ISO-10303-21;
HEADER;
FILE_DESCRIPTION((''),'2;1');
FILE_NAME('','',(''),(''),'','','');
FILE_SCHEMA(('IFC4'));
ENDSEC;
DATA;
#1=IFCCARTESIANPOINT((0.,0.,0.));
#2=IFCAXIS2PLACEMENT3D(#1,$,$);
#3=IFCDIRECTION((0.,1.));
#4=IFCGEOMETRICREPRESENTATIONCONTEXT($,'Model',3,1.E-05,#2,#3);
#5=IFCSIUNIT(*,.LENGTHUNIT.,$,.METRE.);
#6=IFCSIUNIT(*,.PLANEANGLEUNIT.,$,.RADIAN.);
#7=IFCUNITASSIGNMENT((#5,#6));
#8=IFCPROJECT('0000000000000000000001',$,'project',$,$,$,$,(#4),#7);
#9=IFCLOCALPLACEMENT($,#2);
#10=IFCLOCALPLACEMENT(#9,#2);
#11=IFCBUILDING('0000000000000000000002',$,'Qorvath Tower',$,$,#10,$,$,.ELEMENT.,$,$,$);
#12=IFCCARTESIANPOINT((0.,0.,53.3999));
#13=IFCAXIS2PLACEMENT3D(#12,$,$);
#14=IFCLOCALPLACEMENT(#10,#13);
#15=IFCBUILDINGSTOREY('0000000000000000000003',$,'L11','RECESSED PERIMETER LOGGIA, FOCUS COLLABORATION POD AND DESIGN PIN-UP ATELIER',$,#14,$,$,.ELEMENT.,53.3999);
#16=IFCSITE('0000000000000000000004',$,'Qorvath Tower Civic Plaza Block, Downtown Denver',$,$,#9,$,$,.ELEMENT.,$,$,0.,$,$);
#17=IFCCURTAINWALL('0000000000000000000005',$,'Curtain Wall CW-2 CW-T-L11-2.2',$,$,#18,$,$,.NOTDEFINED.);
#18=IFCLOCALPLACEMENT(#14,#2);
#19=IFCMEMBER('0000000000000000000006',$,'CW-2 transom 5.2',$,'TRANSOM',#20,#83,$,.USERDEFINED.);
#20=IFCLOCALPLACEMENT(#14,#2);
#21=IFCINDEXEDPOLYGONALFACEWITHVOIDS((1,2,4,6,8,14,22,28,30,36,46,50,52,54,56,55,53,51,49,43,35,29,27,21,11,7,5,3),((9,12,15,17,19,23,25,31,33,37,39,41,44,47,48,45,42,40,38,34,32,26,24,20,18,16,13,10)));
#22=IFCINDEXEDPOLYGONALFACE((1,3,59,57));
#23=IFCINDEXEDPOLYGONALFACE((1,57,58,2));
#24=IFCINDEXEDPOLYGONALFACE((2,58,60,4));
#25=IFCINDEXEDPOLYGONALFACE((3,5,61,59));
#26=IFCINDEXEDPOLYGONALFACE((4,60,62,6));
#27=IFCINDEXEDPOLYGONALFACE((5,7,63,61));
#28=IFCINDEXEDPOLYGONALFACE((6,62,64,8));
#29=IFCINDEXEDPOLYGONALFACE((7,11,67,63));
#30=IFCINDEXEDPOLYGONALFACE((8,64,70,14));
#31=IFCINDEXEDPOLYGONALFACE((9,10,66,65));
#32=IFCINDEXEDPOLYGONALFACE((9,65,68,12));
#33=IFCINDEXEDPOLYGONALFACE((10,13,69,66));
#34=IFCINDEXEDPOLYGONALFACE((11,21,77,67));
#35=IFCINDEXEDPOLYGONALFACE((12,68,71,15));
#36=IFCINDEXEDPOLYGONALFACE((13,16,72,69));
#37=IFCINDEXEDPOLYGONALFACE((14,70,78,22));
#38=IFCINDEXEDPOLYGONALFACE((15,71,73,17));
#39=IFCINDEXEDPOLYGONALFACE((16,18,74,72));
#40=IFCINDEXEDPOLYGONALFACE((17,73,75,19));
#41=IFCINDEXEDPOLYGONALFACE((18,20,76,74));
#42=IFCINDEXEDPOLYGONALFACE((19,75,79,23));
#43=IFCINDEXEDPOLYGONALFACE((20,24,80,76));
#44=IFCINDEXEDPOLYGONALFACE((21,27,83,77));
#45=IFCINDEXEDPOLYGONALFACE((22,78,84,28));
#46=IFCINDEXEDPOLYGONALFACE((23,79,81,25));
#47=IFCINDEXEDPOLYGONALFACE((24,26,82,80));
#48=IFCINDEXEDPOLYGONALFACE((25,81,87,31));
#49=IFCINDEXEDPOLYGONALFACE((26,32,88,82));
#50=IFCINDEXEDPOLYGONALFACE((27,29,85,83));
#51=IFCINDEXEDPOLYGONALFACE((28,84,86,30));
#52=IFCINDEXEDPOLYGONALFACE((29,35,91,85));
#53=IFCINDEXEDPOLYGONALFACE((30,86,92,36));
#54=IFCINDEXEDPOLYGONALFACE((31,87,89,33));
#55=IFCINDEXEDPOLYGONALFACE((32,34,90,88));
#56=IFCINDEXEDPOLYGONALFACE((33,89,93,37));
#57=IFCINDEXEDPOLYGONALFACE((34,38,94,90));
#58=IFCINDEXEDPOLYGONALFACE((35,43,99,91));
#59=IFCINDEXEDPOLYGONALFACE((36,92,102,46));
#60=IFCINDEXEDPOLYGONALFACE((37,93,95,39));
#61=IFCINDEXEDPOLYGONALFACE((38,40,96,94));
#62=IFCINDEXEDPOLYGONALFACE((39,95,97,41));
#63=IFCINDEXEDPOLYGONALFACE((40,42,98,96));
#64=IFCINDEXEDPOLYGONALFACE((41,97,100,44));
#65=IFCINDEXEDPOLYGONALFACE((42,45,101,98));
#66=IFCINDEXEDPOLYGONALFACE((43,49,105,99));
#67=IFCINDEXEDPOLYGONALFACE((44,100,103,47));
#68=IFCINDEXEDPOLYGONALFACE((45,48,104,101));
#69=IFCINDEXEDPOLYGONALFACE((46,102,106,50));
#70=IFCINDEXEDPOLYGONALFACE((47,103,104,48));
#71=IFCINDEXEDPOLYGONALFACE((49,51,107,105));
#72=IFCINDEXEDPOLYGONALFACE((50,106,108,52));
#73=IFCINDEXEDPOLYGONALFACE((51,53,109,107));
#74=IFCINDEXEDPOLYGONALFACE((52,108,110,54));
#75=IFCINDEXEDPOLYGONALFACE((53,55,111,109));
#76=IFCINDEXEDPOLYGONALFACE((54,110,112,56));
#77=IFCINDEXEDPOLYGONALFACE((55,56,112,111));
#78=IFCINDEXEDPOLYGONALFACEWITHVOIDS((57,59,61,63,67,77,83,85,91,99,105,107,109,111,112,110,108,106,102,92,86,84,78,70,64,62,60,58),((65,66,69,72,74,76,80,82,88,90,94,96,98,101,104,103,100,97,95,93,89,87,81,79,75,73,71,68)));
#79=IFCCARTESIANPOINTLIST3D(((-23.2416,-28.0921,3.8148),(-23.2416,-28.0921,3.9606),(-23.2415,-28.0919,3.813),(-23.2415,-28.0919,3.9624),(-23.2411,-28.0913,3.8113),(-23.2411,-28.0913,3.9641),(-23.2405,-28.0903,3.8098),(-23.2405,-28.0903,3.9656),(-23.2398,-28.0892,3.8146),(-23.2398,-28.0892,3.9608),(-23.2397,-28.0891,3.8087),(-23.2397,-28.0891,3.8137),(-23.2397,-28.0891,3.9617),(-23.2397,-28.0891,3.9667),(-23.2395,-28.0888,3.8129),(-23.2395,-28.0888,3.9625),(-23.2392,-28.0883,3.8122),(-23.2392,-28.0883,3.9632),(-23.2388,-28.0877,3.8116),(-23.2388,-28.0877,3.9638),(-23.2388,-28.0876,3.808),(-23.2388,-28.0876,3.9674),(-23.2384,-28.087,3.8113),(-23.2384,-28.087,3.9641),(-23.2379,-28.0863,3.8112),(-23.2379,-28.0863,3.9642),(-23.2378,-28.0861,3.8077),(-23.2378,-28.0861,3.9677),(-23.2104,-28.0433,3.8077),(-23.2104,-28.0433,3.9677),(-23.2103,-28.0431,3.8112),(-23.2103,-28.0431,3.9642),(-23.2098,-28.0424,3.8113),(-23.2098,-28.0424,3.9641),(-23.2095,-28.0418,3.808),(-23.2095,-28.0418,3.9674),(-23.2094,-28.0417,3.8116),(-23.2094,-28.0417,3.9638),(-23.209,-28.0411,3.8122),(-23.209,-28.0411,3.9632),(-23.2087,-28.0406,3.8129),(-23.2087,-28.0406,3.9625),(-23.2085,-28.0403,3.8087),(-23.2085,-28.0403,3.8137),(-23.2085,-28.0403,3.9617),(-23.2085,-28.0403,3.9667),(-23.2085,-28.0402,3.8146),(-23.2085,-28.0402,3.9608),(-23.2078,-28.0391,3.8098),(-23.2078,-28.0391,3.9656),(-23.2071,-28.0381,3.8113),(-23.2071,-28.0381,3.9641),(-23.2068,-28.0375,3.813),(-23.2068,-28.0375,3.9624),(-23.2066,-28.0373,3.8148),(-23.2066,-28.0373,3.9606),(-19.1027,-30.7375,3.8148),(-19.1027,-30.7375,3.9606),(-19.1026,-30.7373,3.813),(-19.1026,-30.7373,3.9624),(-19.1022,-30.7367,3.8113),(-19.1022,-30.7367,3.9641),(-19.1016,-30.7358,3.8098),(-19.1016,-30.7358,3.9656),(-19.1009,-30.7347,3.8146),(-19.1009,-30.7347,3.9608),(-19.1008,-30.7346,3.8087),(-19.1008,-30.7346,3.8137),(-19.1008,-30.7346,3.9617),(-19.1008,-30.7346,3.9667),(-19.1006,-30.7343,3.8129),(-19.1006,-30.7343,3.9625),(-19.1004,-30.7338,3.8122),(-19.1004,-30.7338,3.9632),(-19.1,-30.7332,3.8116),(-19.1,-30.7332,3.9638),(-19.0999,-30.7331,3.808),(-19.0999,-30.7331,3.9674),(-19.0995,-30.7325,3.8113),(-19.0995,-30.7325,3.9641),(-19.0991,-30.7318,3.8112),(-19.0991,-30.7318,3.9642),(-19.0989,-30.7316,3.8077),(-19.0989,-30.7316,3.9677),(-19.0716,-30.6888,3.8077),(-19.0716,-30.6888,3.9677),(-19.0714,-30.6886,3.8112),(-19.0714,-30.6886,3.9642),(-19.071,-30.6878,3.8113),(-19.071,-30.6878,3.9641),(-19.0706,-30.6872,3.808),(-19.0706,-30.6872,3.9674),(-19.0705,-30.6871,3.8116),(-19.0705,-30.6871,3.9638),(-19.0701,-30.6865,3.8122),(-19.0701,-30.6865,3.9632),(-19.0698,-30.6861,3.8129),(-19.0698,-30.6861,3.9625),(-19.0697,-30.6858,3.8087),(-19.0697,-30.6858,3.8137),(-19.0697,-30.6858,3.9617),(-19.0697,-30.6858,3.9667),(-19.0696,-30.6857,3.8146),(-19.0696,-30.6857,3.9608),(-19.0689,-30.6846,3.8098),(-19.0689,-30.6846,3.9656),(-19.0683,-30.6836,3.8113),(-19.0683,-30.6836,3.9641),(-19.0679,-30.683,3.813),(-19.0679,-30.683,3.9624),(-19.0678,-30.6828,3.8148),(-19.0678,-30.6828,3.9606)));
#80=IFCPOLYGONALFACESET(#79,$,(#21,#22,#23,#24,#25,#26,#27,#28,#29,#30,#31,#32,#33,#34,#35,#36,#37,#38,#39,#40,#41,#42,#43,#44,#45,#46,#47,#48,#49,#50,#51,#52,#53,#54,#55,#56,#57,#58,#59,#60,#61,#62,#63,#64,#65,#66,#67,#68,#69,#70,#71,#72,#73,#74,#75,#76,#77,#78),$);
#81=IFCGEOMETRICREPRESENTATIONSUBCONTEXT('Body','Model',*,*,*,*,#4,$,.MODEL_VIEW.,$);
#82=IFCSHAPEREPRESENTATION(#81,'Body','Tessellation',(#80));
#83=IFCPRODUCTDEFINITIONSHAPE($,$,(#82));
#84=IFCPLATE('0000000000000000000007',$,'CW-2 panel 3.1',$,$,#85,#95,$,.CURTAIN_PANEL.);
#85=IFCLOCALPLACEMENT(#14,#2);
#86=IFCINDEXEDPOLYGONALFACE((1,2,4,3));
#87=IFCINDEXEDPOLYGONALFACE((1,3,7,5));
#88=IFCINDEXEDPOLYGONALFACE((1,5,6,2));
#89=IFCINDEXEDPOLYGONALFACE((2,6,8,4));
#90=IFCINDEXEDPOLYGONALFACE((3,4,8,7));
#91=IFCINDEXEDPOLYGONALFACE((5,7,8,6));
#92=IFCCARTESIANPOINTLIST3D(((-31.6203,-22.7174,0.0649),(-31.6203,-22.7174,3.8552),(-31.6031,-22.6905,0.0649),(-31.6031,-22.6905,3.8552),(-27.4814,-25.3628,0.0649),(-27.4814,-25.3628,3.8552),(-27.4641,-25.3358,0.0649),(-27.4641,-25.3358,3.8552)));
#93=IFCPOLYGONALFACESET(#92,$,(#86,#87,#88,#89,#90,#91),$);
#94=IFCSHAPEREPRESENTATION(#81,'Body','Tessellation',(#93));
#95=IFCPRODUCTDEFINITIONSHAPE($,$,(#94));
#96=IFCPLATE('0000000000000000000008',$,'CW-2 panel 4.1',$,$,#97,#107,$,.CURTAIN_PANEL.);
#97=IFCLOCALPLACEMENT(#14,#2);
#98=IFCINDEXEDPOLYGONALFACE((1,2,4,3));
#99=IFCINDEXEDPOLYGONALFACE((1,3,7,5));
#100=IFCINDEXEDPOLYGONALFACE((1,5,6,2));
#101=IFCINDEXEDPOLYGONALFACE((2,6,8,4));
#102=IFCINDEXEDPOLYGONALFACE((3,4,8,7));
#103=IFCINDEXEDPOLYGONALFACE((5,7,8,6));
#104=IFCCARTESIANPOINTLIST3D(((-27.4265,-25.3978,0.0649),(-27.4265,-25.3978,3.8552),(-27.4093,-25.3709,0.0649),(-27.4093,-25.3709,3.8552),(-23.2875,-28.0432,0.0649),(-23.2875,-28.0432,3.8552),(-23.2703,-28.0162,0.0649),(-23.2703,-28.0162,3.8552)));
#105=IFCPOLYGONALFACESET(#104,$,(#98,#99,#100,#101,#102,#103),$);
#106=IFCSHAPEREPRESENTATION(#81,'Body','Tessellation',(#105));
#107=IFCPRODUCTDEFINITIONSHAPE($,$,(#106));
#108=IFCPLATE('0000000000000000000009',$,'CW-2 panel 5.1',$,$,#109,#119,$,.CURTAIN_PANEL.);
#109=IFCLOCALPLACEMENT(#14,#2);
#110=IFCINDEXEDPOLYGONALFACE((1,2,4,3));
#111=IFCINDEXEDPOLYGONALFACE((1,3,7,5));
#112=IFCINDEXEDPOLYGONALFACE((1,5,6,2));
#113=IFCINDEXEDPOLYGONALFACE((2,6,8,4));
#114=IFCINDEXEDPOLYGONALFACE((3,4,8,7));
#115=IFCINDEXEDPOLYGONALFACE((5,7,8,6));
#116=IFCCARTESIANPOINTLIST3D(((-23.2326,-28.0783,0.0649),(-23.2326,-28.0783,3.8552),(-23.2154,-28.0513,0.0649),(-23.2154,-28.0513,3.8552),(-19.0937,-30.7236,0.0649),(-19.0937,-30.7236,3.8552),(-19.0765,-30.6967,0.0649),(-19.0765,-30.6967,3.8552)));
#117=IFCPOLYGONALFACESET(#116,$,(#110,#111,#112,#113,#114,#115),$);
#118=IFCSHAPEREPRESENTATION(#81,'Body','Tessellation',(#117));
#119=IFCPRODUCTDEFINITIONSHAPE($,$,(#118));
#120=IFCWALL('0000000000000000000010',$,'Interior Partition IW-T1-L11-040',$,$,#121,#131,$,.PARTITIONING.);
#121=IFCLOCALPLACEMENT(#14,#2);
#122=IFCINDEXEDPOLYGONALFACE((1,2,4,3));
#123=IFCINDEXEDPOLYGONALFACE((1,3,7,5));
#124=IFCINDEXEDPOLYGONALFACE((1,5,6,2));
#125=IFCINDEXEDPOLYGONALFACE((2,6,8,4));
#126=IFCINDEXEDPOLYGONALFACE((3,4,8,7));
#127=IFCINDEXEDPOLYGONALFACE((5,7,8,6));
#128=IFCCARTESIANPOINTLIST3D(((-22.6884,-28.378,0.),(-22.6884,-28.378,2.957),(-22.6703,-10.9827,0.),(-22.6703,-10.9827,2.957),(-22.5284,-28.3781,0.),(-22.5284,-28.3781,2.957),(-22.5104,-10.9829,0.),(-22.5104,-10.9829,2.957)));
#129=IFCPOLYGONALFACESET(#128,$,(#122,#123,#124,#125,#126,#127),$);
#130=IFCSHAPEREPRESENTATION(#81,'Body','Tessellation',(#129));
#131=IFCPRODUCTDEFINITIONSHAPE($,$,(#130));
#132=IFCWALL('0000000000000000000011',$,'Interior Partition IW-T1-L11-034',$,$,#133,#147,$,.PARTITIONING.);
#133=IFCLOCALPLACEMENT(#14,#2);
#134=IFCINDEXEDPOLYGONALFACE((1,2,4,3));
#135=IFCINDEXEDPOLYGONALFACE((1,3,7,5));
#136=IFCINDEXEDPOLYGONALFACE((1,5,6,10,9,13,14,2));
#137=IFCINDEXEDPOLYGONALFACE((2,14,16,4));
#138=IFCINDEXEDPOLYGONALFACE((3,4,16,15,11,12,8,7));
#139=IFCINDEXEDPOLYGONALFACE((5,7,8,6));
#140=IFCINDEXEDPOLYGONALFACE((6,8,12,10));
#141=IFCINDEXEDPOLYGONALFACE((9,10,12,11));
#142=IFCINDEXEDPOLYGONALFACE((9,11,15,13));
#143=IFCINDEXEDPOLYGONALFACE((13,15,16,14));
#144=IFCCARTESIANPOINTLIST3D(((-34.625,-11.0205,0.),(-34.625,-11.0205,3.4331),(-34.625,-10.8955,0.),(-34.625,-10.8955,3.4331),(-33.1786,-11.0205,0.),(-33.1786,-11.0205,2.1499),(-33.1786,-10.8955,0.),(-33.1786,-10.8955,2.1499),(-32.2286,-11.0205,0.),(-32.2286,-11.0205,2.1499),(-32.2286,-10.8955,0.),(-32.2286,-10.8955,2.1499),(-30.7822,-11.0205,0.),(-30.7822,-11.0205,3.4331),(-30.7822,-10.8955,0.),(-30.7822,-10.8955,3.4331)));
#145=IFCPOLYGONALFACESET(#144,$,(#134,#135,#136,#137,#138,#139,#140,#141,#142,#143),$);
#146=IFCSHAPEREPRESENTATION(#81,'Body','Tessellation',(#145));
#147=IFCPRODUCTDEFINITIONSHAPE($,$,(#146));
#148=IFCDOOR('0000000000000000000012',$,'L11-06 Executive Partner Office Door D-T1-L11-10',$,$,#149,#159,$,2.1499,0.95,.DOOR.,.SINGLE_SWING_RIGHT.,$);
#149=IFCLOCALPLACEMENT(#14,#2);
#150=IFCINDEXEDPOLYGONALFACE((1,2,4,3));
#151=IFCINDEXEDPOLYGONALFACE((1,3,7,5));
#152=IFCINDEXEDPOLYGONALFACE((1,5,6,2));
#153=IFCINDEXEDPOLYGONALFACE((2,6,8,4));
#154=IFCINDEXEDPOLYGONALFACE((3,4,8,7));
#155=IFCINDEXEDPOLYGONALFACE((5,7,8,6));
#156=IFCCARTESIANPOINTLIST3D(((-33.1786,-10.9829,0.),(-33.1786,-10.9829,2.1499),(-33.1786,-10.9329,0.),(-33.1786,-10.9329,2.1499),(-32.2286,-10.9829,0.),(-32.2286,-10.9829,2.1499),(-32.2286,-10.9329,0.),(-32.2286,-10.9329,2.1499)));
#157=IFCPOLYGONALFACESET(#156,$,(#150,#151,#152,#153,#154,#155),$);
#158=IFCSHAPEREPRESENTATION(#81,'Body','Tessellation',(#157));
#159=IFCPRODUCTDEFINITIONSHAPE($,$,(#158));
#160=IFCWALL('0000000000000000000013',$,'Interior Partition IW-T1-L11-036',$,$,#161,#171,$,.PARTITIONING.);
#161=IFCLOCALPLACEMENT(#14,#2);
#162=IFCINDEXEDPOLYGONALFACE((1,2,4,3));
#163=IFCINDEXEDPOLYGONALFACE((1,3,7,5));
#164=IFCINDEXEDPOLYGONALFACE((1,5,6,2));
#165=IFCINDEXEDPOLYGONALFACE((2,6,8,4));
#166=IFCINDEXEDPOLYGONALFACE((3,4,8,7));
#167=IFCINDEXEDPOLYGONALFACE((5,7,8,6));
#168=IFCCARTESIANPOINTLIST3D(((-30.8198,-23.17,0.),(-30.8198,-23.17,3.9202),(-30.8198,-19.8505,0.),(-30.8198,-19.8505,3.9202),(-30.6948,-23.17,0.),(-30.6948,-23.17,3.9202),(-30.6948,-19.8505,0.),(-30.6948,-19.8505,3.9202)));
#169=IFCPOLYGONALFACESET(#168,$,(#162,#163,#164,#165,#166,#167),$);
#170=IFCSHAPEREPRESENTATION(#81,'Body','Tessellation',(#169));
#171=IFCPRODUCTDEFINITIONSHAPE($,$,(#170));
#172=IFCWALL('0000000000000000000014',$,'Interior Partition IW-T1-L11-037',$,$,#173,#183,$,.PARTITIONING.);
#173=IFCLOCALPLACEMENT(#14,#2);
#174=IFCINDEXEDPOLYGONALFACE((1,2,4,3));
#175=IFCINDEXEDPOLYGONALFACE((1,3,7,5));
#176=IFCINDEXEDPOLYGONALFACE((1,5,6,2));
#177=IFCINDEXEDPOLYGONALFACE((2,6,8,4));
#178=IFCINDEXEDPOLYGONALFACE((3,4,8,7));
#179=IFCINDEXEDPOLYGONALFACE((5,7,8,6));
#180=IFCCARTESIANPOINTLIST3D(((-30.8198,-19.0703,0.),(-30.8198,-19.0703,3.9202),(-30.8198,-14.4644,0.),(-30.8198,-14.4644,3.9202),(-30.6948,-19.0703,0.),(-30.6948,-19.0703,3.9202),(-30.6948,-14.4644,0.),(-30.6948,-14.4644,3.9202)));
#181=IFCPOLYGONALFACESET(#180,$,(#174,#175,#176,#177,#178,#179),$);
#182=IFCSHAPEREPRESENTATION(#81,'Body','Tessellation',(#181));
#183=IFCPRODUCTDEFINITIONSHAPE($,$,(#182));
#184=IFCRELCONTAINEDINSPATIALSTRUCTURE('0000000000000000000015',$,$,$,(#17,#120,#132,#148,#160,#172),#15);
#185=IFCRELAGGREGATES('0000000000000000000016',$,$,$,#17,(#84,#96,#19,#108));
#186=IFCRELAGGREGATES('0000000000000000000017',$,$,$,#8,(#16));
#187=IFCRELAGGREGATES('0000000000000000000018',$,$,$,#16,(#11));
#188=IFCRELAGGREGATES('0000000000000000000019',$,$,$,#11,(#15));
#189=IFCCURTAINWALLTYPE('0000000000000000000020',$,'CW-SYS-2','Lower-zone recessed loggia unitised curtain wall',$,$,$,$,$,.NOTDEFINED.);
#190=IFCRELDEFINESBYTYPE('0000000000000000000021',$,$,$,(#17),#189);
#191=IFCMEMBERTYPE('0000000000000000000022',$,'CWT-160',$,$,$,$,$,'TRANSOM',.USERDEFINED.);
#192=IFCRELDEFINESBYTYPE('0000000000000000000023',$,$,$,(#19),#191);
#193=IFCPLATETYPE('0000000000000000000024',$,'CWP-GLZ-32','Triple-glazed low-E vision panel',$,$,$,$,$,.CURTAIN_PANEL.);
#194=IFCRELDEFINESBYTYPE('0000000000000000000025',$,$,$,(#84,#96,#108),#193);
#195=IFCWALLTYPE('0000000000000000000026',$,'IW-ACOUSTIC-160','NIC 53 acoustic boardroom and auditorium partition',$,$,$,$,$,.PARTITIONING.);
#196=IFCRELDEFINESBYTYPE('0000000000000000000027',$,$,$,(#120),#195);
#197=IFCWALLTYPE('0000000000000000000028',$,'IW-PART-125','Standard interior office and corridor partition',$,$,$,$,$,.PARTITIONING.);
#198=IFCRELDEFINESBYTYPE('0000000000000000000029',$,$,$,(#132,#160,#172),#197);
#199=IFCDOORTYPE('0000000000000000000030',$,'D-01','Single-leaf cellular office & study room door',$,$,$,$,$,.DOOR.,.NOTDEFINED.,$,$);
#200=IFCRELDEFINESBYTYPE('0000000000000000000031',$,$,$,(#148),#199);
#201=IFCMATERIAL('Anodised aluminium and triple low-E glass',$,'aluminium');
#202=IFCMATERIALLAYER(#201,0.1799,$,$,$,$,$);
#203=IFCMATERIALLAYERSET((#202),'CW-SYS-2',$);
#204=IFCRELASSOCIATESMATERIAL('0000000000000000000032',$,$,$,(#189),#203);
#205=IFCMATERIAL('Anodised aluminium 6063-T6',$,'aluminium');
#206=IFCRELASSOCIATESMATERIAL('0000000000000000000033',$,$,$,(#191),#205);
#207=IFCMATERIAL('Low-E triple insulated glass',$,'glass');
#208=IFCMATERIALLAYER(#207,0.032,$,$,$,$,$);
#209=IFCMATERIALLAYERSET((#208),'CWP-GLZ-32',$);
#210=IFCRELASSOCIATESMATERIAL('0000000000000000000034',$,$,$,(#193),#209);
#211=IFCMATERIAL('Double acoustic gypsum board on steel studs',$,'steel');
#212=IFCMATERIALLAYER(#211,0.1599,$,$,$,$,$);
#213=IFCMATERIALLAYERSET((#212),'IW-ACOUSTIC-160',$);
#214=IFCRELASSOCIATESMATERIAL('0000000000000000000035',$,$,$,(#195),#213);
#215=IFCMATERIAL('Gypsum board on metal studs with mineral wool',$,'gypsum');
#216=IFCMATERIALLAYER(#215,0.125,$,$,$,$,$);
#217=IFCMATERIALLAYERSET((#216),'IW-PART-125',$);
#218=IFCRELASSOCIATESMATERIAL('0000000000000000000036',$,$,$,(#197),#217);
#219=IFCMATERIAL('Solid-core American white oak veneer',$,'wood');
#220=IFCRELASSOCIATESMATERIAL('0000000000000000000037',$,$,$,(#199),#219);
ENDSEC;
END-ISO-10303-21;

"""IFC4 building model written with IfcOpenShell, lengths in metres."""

from ifc_helpers import new_model, si_unit, direction, frame, frame_2d, origin, origin_2d, place, context, subcontext, project, spatial, rectangle, hollow_rectangle, extrude, material, layer, layer_set, material_profile, profile_set, type_object, element, fill, aggregate, save


model = new_model("IFC4")

# Units and contexts
model_context = context("Model", 3, precision=1e-05, world=origin(), true_north=direction((0.0, 1.0)))
body_context = subcontext(model_context, "Body", "Model", "MODEL_VIEW")
ifc_project = project(units=[si_unit("LENGTHUNIT", "METRE"), si_unit("PLANEANGLEUNIT", "RADIAN")], contexts=[model_context])

# Site, building, storey
site_placement = place(None, origin())
site = spatial("IfcSite", under=ifc_project, at=site_placement, Name="Qorvath Tower Civic Plaza Block, Downtown Denver", CompositionType="ELEMENT", RefElevation=0.0)
building_placement = place(site_placement, origin())
building = spatial("IfcBuilding", under=site, at=building_placement, Name="Qorvath Tower", CompositionType="ELEMENT")
storey_placement = place(building_placement, frame((0.0, 0.0, 53.3999)))
storey = spatial("IfcBuildingStorey", under=building, at=storey_placement, Name="L11", Description="RECESSED PERIMETER LOGGIA, FOCUS COLLABORATION POD AND DESIGN PIN-UP ATELIER", CompositionType="ELEMENT", Elevation=53.3999)

# Curtain wall, member, plates
ifc_material_1 = material(Name="Anodised aluminium and triple low-E glass", Category="aluminium")
ifc_layer_1 = layer(ifc_material_1, 0.1799)
ifc_layer_set_1 = layer_set([ifc_layer_1], Name="CW-SYS-2")
curtain_wall_type = type_object("IfcCurtainWallType", Name="CW-SYS-2", Description="Lower-zone recessed loggia unitised curtain wall", PredefinedType="NOTDEFINED", material=ifc_layer_set_1)
curtain_wall_placement = place(storey_placement, origin())
curtain_wall = element("IfcCurtainWall", 1, at=curtain_wall_placement, inside=storey, type_object=curtain_wall_type, Name="Curtain Wall CW-2 CW-T-L11-2.2", PredefinedType="NOTDEFINED")
ifc_material_2 = material(Name="Anodised aluminium 6063-T6", Category="aluminium")
ifc_material_profile_1 = material_profile(ifc_material_2, hollow_rectangle(XDim=0.0649, YDim=0.1599, WallThickness=0.0034, InnerFilletRadius=0.0034, OuterFilletRadius=0.0071, at=origin_2d()), Name="CWT 160x65")
ifc_profile_set_1 = profile_set([ifc_material_profile_1], Name="Anodised aluminium 6063-T6")
member_type_1 = type_object("IfcMemberType", Name="CWT-160", ElementType="TRANSOM", PredefinedType="USERDEFINED", material=ifc_profile_set_1)
member_1_placement = place(storey_placement, frame((-23.2241, -28.0647, 3.8877), z_axis=(0.842585, -0.538563, 0.0), x_axis=(0.538563, 0.842585, 0.0)))
member_1 = element("IfcMember", 2, at=member_1_placement, type_object=member_type_1, Name="CW-2 transom 5.2", ObjectType="TRANSOM", PredefinedType="USERDEFINED", context=body_context, shape_type="SweptSolid", body=[
    extrude(hollow_rectangle(XDim=0.0649, YDim=0.1599, WallThickness=0.0034, InnerFilletRadius=0.0034, OuterFilletRadius=0.0071, at=origin_2d()), origin(), (0.0, 0.0, 1.0), 4.9121),
])
ifc_material_3 = material(Name="Low-E triple insulated glass", Category="glass")
ifc_layer_2 = layer(ifc_material_3, 0.032)
ifc_layer_set_2 = layer_set([ifc_layer_2], Name="CWP-GLZ-32")
plate_type = type_object("IfcPlateType", Name="CWP-GLZ-32", Description="Triple-glazed low-E vision panel", PredefinedType="CURTAIN_PANEL", material=ifc_layer_set_2)
plate_1_placement = place(storey_placement, frame((-29.5422, -24.0266, 0.0649), z_axis=(0.0, 0.0, 1.0), x_axis=(0.842602, -0.538537, 0.0)))
plate_1 = element("IfcPlate", 3, at=plate_1_placement, type_object=plate_type, Name="CW-2 panel 3.1", PredefinedType="CURTAIN_PANEL", context=body_context, shape_type="SweptSolid", body=[
    extrude(rectangle(XDim=4.9121, YDim=0.032, at=origin_2d()), origin(), (0.0, 0.0, 1.0), 3.7903),
])
plate_2_placement = place(storey_placement, frame((-25.3484, -26.707, 0.0649), z_axis=(0.0, 0.0, 1.0), x_axis=(0.842602, -0.538537, 0.0)))
plate_2 = element("IfcPlate", 4, at=plate_2_placement, type_object=plate_type, Name="CW-2 panel 4.1", PredefinedType="CURTAIN_PANEL", context=body_context, shape_type="SweptSolid", body=[
    extrude(rectangle(XDim=4.9121, YDim=0.032, at=origin_2d()), origin(), (0.0, 0.0, 1.0), 3.7903),
])
plate_3_placement = place(storey_placement, frame((-21.1545, -29.3875, 0.0649), z_axis=(0.0, 0.0, 1.0), x_axis=(0.842602, -0.538537, 0.0)))
plate_3 = element("IfcPlate", 5, at=plate_3_placement, type_object=plate_type, Name="CW-2 panel 5.1", PredefinedType="CURTAIN_PANEL", context=body_context, shape_type="SweptSolid", body=[
    extrude(rectangle(XDim=4.9121, YDim=0.032, at=origin_2d()), origin(), (0.0, 0.0, 1.0), 3.7903),
])
aggregate(curtain_wall, [plate_1, plate_2, member_1, plate_3])

# Wall
ifc_material_4 = material(Name="Double acoustic gypsum board on steel studs", Category="steel")
ifc_layer_3 = layer(ifc_material_4, 0.1599)
ifc_layer_set_3 = layer_set([ifc_layer_3], Name="IW-ACOUSTIC-160")
wall_type_1 = type_object("IfcWallType", Name="IW-ACOUSTIC-160", Description="NIC 53 acoustic boardroom and auditorium partition", PredefinedType="PARTITIONING", material=ifc_layer_set_3)
wall_1_placement = place(storey_placement, frame((-22.6084, -28.3782, 0.0), z_axis=(0.0, 0.0, 1.0), x_axis=(0.001039, 0.999999, 0.0)))
element("IfcWall", 6, at=wall_1_placement, inside=storey, type_object=wall_type_1, Name="Interior Partition IW-T1-L11-040", PredefinedType="PARTITIONING", context=body_context, shape_type="SweptSolid", body=[
    extrude(rectangle(XDim=17.3953, YDim=0.1599, at=frame_2d((8.6978, 0.0))), origin(), (0.0, 0.0, 1.0), 2.957),
])

# Wall, opening, door
ifc_material_5 = material(Name="Gypsum board on metal studs with mineral wool", Category="gypsum")
ifc_layer_4 = layer(ifc_material_5, 0.125)
ifc_layer_set_4 = layer_set([ifc_layer_4], Name="IW-PART-125")
wall_type_2 = type_object("IfcWallType", Name="IW-PART-125", Description="Standard interior office and corridor partition", PredefinedType="PARTITIONING", material=ifc_layer_set_4)
wall_2_placement = place(storey_placement, frame((-30.7822, -10.958, 0.0), z_axis=(0.0, 0.0, 1.0), x_axis=(-1.0, 0.0, 0.0)))
wall_2 = element("IfcWall", 7, at=wall_2_placement, inside=storey, type_object=wall_type_2, Name="Interior Partition IW-T1-L11-034", PredefinedType="PARTITIONING", context=body_context, shape_type="SweptSolid", body=[
    extrude(rectangle(XDim=3.8428, YDim=0.125, at=frame_2d((1.9214, 0.0))), origin(), (0.0, 0.0, 1.0), 3.4331),
])
opening_placement = place(wall_2_placement, frame((1.4463, 0.0, 0.0)))
opening = element("IfcOpeningElement", 8, at=opening_placement, cuts=wall_2, PredefinedType="OPENING", context=body_context, shape_type="SweptSolid", body=[
    extrude(rectangle(XDim=0.95, YDim=2.1499, at=frame_2d((0.4751, 1.075))), frame((0.0, 0.0725, 0.0), z_axis=(0.0, -1.0, 0.0), x_axis=(1.0, 0.0, 0.0)), (0.0, 0.0, 1.0), 0.145),
])
ifc_material_6 = material(Name="Solid-core American white oak veneer", Category="wood")
door_type = type_object("IfcDoorType", Name="D-01", Description="Single-leaf cellular office & study room door", OperationType="NOTDEFINED", PredefinedType="DOOR", material=ifc_material_6)
door_placement = place(opening_placement, origin())
door = element("IfcDoor", 9, at=door_placement, inside=storey, type_object=door_type, Name="L11-06 Executive Partner Office Door D-T1-L11-10", OperationType="SINGLE_SWING_RIGHT", OverallHeight=2.1499, OverallWidth=0.95, PredefinedType="DOOR", context=body_context, shape_type="SweptSolid", body=[
    extrude(rectangle(XDim=0.95, YDim=2.1499, at=frame_2d((0.4751, 1.075))), frame((0.0, 0.0249, 0.0), z_axis=(0.0, -1.0, 0.0), x_axis=(1.0, 0.0, 0.0)), (0.0, 0.0, 1.0), 0.05),
])
fill(opening, door)

# Walls
wall_3_placement = place(storey_placement, frame((-30.7573, -23.1699, 0.0), z_axis=(0.0, 0.0, 1.0), x_axis=(0.0, 1.0, 0.0)))
element("IfcWall", 10, at=wall_3_placement, inside=storey, type_object=wall_type_2, Name="Interior Partition IW-T1-L11-036", PredefinedType="PARTITIONING", context=body_context, shape_type="SweptSolid", body=[
    extrude(rectangle(XDim=3.3196, YDim=0.125, at=frame_2d((1.6597, 0.0))), origin(), (0.0, 0.0, 1.0), 3.9202),
])
wall_4_placement = place(storey_placement, frame((-30.7573, -19.0703, 0.0), z_axis=(0.0, 0.0, 1.0), x_axis=(0.0, 1.0, 0.0)))
element("IfcWall", 11, at=wall_4_placement, inside=storey, type_object=wall_type_2, Name="Interior Partition IW-T1-L11-037", PredefinedType="PARTITIONING", context=body_context, shape_type="SweptSolid", body=[
    extrude(rectangle(XDim=4.606, YDim=0.125, at=frame_2d((2.303, 0.0))), origin(), (0.0, 0.0, 1.0), 3.9202),
])

save(model, "model.ifc")
